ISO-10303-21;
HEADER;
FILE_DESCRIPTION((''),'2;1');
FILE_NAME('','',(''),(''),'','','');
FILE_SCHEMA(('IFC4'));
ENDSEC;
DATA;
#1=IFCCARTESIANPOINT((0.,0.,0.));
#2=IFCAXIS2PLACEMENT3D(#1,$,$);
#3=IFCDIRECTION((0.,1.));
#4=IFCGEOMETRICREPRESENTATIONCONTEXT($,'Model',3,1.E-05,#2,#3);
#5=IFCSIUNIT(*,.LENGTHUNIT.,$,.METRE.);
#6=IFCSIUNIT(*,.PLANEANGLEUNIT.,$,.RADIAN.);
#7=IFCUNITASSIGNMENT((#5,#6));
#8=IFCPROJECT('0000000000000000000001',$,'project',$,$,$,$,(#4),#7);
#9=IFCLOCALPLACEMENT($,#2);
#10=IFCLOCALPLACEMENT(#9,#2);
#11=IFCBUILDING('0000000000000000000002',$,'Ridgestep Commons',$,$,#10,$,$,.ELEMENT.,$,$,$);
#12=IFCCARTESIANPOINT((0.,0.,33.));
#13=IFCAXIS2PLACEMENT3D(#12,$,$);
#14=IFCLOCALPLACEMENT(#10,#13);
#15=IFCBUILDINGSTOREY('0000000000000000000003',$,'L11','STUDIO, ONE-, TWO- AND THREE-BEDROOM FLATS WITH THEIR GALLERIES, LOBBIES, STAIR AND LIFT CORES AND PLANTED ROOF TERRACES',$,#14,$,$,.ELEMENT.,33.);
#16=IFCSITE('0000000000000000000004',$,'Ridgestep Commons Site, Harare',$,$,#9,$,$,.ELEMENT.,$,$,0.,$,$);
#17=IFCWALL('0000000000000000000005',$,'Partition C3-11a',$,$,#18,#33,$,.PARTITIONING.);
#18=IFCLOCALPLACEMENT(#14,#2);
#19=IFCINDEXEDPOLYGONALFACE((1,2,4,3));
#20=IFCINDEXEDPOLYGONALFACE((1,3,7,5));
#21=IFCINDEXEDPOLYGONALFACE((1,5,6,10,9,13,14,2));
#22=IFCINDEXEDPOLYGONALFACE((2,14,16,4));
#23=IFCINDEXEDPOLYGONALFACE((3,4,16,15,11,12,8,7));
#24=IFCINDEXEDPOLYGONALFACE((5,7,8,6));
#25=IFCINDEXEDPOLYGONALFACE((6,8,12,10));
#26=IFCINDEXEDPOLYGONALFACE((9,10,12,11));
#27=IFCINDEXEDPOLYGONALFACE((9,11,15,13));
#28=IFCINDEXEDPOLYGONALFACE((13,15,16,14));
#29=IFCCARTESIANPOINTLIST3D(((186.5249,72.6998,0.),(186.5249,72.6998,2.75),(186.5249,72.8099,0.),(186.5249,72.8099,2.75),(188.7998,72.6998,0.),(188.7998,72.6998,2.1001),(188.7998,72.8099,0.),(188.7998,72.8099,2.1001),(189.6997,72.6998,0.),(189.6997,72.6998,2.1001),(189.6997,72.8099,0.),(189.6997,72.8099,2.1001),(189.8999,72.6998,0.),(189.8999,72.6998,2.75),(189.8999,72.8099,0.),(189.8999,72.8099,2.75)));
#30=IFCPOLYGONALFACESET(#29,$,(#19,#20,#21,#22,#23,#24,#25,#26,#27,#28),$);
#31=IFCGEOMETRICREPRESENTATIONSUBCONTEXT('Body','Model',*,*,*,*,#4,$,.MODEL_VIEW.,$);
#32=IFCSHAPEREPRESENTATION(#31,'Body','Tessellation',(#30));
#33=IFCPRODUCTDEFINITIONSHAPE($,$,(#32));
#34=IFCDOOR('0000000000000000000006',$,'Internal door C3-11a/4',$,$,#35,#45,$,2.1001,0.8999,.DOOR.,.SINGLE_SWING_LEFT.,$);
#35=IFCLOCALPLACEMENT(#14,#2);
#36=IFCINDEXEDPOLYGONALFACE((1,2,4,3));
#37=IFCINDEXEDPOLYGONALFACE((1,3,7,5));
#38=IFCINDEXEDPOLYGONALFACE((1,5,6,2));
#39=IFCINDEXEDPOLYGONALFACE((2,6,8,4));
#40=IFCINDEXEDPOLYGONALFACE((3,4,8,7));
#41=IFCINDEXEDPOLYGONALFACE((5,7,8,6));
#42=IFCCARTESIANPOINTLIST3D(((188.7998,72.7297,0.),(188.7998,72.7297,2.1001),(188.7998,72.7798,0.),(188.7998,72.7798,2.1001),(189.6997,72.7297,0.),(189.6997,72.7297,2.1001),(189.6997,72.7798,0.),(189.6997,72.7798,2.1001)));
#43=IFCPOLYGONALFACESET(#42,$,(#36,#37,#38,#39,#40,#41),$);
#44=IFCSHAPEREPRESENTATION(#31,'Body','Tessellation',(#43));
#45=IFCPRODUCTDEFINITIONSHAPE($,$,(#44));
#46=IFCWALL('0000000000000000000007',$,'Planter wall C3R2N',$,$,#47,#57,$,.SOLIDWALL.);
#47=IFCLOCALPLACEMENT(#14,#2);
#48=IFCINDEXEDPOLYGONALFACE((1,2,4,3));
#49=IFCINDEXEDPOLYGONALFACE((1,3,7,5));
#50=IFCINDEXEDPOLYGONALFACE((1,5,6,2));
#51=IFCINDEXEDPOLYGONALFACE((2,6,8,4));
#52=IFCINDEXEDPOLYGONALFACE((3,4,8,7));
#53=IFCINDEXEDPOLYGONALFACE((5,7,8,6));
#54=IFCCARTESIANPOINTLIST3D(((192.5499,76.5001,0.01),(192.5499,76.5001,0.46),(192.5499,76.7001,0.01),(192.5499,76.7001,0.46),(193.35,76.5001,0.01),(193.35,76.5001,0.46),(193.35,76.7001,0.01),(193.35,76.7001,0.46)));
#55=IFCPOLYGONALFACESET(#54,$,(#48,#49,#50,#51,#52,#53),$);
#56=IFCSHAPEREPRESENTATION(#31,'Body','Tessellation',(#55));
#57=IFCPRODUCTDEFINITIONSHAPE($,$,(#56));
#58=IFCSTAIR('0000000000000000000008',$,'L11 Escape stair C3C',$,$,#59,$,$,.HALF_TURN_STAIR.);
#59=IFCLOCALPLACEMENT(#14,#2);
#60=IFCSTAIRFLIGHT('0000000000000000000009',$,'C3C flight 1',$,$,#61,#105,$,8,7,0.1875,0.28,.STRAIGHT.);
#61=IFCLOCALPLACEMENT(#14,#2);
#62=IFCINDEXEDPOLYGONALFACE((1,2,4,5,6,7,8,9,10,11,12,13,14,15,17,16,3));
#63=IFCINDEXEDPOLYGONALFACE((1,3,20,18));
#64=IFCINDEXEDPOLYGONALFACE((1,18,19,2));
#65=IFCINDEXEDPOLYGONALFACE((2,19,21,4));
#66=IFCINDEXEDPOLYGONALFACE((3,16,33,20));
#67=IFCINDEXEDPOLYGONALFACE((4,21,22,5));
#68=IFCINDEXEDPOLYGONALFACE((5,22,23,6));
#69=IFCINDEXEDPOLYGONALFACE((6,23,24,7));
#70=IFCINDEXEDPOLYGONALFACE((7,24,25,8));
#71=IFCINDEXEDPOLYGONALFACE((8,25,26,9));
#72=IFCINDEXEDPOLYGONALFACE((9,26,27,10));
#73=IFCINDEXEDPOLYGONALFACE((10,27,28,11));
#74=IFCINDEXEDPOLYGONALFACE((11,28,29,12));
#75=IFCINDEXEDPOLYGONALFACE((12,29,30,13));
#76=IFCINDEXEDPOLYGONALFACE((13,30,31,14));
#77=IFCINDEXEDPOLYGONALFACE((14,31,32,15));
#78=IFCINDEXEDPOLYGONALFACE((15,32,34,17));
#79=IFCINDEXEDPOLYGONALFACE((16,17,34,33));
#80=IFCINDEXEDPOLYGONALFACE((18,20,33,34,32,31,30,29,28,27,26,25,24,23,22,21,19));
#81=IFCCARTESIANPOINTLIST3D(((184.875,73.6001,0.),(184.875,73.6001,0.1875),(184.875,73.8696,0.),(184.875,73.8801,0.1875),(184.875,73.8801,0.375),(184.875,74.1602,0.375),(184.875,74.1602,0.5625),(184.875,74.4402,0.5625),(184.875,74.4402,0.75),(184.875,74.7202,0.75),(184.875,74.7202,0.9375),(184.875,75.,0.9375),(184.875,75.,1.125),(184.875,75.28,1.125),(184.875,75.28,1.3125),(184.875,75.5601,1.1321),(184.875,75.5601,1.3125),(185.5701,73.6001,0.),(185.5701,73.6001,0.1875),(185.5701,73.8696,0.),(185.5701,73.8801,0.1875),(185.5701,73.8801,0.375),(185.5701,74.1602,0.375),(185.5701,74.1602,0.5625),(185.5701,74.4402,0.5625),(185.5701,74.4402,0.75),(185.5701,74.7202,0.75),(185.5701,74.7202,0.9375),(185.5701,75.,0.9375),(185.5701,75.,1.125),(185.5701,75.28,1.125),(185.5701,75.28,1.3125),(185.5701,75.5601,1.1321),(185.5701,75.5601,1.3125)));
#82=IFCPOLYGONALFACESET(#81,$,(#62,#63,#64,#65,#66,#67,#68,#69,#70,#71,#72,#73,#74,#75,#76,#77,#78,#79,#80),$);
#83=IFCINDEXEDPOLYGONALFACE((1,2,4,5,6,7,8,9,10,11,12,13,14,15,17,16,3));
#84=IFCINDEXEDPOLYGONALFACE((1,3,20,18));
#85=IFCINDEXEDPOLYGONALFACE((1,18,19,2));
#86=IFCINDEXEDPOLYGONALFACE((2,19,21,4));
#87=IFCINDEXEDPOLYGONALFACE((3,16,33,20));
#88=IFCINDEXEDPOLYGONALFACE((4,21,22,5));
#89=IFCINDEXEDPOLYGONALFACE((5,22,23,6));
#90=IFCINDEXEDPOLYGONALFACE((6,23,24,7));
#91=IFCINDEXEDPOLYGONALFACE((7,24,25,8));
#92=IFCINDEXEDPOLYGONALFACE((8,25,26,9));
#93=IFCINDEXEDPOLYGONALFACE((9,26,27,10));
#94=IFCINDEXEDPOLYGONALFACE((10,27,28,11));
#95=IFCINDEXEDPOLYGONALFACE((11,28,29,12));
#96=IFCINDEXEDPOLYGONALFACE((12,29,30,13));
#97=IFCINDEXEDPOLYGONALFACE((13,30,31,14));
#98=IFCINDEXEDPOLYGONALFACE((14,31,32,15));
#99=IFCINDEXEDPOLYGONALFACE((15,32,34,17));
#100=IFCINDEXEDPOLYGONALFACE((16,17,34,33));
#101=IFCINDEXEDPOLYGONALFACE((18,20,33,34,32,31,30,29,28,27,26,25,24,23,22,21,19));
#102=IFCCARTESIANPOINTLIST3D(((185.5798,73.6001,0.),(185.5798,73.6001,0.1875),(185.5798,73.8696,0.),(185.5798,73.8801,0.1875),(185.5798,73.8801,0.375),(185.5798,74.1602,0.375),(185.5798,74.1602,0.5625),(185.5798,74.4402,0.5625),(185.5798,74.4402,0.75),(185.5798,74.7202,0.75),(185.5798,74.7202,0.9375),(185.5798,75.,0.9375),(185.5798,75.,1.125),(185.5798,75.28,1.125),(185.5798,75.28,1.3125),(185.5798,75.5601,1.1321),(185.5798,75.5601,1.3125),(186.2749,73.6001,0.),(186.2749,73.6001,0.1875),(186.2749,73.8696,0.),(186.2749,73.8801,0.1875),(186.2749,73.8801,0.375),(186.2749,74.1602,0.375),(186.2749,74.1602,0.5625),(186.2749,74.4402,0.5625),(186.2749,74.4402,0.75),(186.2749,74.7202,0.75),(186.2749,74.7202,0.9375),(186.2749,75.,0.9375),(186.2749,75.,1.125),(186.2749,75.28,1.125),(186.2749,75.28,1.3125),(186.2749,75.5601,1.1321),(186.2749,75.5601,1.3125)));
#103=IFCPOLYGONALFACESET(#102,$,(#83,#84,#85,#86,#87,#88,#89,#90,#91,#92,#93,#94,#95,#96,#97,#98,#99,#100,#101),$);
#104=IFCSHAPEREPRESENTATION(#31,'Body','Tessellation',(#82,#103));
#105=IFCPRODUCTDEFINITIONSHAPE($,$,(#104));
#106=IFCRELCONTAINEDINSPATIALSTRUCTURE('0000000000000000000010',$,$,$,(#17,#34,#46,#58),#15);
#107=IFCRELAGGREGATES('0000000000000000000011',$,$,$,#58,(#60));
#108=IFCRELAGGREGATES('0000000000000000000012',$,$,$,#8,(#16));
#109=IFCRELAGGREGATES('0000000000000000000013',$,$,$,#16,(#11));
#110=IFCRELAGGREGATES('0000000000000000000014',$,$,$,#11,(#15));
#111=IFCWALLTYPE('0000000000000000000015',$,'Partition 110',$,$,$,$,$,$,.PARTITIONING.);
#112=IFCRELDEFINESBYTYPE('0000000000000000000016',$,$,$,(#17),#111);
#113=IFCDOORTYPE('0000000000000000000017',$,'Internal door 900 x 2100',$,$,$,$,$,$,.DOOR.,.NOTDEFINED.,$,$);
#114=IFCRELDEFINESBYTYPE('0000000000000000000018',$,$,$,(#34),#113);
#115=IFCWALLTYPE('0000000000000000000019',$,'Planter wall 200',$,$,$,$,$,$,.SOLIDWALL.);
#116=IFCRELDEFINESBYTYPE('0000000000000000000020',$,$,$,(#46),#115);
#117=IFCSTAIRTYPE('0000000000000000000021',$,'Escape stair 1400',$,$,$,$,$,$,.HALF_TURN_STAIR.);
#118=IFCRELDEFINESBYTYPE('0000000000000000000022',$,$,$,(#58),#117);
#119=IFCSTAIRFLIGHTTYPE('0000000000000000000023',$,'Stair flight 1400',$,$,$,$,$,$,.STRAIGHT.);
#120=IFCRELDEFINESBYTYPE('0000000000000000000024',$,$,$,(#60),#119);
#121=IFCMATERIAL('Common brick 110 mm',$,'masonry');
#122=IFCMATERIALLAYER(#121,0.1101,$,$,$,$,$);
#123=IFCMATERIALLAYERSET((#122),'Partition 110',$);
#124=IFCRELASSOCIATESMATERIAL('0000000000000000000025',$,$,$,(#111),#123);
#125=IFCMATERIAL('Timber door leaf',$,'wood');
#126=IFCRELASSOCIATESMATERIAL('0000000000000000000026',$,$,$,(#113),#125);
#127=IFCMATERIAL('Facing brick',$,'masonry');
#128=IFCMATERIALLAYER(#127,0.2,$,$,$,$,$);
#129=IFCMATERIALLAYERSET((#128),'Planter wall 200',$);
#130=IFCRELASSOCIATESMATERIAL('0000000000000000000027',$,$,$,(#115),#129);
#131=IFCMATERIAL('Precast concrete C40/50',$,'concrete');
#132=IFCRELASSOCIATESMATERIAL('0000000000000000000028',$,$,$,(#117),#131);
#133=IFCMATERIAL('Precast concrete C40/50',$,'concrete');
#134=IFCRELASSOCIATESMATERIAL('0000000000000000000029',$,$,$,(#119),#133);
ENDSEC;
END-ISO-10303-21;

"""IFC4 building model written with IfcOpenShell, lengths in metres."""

from ifc_helpers import new_model, si_unit, direction, frame, frame_2d, origin, place, context, subcontext, project, spatial, polyline, rectangle, outline, extrude, material, layer, layer_set, type_object, element, fill, aggregate, save


model = new_model("IFC4")

# Units and contexts
model_context = context("Model", 3, precision=1e-05, world=origin(), true_north=direction((0.0, 1.0)))
body_context = subcontext(model_context, "Body", "Model", "MODEL_VIEW")
ifc_project = project(units=[si_unit("LENGTHUNIT", "METRE"), si_unit("PLANEANGLEUNIT", "RADIAN")], contexts=[model_context])

# Site, building, storey
site_placement = place(None, origin())
site = spatial("IfcSite", under=ifc_project, at=site_placement, Name="Ridgestep Commons Site, Harare", CompositionType="ELEMENT", RefElevation=0.0)
building_placement = place(site_placement, origin())
building = spatial("IfcBuilding", under=site, at=building_placement, Name="Ridgestep Commons", CompositionType="ELEMENT")
storey_placement = place(building_placement, frame((0.0, 0.0, 33.0)))
storey = spatial("IfcBuildingStorey", under=building, at=storey_placement, Name="L11", Description="STUDIO, ONE-, TWO- AND THREE-BEDROOM FLATS WITH THEIR GALLERIES, LOBBIES, STAIR AND LIFT CORES AND PLANTED ROOF TERRACES", CompositionType="ELEMENT", Elevation=33.0)

# Shared definitions
ifc_material_1 = material(Name="Common brick 110 mm", Category="masonry")
ifc_layer_1 = layer(ifc_material_1, 0.1101)
ifc_layer_set_1 = layer_set([ifc_layer_1], Name="Partition 110")
wall_type_1 = type_object("IfcWallType", Name="Partition 110", PredefinedType="PARTITIONING", material=ifc_layer_set_1)

# Wall, opening, door
wall_1_placement = place(storey_placement, frame((186.5249, 72.7549, 0.0), z_axis=(0.0, 0.0, 1.0), x_axis=(1.0, 0.0, 0.0)))
wall_1 = element("IfcWall", 1, at=wall_1_placement, inside=storey, type_object=wall_type_1, Name="Partition C3-11a", PredefinedType="PARTITIONING", context=body_context, shape_type="SweptSolid", body=[
    extrude(rectangle(XDim=3.375, YDim=0.1101, at=frame_2d((1.6875, 0.0))), origin(), (0.0, 0.0, 1.0), 2.75),
])
opening_1_placement = place(wall_1_placement, frame((2.2749, 0.0, 0.0)))
opening_1 = element("IfcOpeningElement", 2, at=opening_1_placement, cuts=wall_1, PredefinedType="OPENING", context=body_context, shape_type="SweptSolid", body=[
    extrude(rectangle(XDim=0.8999, YDim=2.1001, at=frame_2d((0.45, 1.05))), frame((0.0, 0.0649, 0.0), z_axis=(0.0, -1.0, 0.0), x_axis=(1.0, 0.0, 0.0)), (0.0, 0.0, 1.0), 0.1301),
])
ifc_material_2 = material(Name="Timber door leaf", Category="wood")
door_type_1 = type_object("IfcDoorType", Name="Internal door 900 x 2100", OperationType="NOTDEFINED", PredefinedType="DOOR", material=ifc_material_2)
door_1_placement = place(opening_1_placement, origin())
door_1 = element("IfcDoor", 3, at=door_1_placement, inside=storey, type_object=door_type_1, Name="Internal door C3-11a/4", OperationType="SINGLE_SWING_LEFT", OverallHeight=2.1001, OverallWidth=0.8999, PredefinedType="DOOR", context=body_context, shape_type="SweptSolid", body=[
    extrude(rectangle(XDim=0.8999, YDim=2.1001, at=frame_2d((0.45, 1.05))), frame((0.0, 0.0249, 0.0), z_axis=(0.0, -1.0, 0.0), x_axis=(1.0, 0.0, 0.0)), (0.0, 0.0, 1.0), 0.05),
])
fill(opening_1, door_1)

# Wall
ifc_material_3 = material(Name="Facing brick", Category="masonry")
ifc_layer_2 = layer(ifc_material_3, 0.2)
ifc_layer_set_2 = layer_set([ifc_layer_2], Name="Planter wall 200")
wall_type_2 = type_object("IfcWallType", Name="Planter wall 200", PredefinedType="SOLIDWALL", material=ifc_layer_set_2)
wall_2_placement = place(storey_placement, frame((192.55, 76.6001, 0.01), z_axis=(0.0, 0.0, 1.0), x_axis=(1.0, 0.0, 0.0)))
element("IfcWall", 4, at=wall_2_placement, inside=storey, type_object=wall_type_2, Name="Planter wall C3R2N", PredefinedType="SOLIDWALL", context=body_context, shape_type="SweptSolid", body=[
    extrude(rectangle(XDim=0.8, YDim=0.2, at=frame_2d((0.3999, 0.0))), origin(), (0.0, 0.0, 1.0), 0.45),
])

# Stair, stair flight
ifc_material_4 = material(Name="Precast concrete C40/50", Category="concrete")
stair_type = type_object("IfcStairType", Name="Escape stair 1400", PredefinedType="HALF_TURN_STAIR", material=ifc_material_4)
stair_placement = place(storey_placement, origin())
stair = element("IfcStair", 5, at=stair_placement, inside=storey, type_object=stair_type, Name="L11 Escape stair C3C", PredefinedType="HALF_TURN_STAIR")
ifc_material_5 = material(Name="Precast concrete C40/50", Category="concrete")
stair_flight_type = type_object("IfcStairFlightType", Name="Stair flight 1400", PredefinedType="STRAIGHT", material=ifc_material_5)
stair_flight_placement = place(storey_placement, frame((185.575, 73.6001, 0.0), z_axis=(0.0, 0.0, 1.0), x_axis=(0.0, 1.0, 0.0)))
stair_flight = element("IfcStairFlight", 6, at=stair_flight_placement, type_object=stair_flight_type, Name="C3C flight 1", NumberOfRisers=8, NumberOfTreads=7, PredefinedType="STRAIGHT", RiserHeight=0.1875, TreadLength=0.28, context=body_context, shape_type="SweptSolid", body=[
    extrude(outline(polyline([(0.0, 0.0), (0.0, 0.1875), (0.28, 0.1875), (0.28, 0.375), (0.5601, 0.375), (0.5601, 0.5625), (0.8401, 0.5625), (0.8401, 0.75), (1.1201, 0.75), (1.1201, 0.9375), (1.3999, 0.9375), (1.3999, 1.125), (1.6799, 1.125), (1.6799, 1.3125), (1.96, 1.3125), (1.96, 1.5), (1.96, 1.1321), (0.2695, 0.0), (0.0, 0.0)])), frame((0.0, 0.7, 0.0), z_axis=(0.0, -1.0, 0.0), x_axis=(1.0, 0.0, 0.0)), (0.0, 0.0, 1.0), 0.6951),
    extrude(outline(polyline([(0.0, 0.0), (0.0, 0.1875), (0.28, 0.1875), (0.28, 0.375), (0.5601, 0.375), (0.5601, 0.5625), (0.8401, 0.5625), (0.8401, 0.75), (1.1201, 0.75), (1.1201, 0.9375), (1.3999, 0.9375), (1.3999, 1.125), (1.6799, 1.125), (1.6799, 1.3125), (1.96, 1.3125), (1.96, 1.5), (1.96, 1.1321), (0.2695, 0.0), (0.0, 0.0)])), frame((0.0, -0.0049, 0.0), z_axis=(0.0, -1.0, 0.0), x_axis=(1.0, 0.0, 0.0)), (0.0, 0.0, 1.0), 0.6951),
])
aggregate(stair, [stair_flight])

save(model, "model.ifc")
